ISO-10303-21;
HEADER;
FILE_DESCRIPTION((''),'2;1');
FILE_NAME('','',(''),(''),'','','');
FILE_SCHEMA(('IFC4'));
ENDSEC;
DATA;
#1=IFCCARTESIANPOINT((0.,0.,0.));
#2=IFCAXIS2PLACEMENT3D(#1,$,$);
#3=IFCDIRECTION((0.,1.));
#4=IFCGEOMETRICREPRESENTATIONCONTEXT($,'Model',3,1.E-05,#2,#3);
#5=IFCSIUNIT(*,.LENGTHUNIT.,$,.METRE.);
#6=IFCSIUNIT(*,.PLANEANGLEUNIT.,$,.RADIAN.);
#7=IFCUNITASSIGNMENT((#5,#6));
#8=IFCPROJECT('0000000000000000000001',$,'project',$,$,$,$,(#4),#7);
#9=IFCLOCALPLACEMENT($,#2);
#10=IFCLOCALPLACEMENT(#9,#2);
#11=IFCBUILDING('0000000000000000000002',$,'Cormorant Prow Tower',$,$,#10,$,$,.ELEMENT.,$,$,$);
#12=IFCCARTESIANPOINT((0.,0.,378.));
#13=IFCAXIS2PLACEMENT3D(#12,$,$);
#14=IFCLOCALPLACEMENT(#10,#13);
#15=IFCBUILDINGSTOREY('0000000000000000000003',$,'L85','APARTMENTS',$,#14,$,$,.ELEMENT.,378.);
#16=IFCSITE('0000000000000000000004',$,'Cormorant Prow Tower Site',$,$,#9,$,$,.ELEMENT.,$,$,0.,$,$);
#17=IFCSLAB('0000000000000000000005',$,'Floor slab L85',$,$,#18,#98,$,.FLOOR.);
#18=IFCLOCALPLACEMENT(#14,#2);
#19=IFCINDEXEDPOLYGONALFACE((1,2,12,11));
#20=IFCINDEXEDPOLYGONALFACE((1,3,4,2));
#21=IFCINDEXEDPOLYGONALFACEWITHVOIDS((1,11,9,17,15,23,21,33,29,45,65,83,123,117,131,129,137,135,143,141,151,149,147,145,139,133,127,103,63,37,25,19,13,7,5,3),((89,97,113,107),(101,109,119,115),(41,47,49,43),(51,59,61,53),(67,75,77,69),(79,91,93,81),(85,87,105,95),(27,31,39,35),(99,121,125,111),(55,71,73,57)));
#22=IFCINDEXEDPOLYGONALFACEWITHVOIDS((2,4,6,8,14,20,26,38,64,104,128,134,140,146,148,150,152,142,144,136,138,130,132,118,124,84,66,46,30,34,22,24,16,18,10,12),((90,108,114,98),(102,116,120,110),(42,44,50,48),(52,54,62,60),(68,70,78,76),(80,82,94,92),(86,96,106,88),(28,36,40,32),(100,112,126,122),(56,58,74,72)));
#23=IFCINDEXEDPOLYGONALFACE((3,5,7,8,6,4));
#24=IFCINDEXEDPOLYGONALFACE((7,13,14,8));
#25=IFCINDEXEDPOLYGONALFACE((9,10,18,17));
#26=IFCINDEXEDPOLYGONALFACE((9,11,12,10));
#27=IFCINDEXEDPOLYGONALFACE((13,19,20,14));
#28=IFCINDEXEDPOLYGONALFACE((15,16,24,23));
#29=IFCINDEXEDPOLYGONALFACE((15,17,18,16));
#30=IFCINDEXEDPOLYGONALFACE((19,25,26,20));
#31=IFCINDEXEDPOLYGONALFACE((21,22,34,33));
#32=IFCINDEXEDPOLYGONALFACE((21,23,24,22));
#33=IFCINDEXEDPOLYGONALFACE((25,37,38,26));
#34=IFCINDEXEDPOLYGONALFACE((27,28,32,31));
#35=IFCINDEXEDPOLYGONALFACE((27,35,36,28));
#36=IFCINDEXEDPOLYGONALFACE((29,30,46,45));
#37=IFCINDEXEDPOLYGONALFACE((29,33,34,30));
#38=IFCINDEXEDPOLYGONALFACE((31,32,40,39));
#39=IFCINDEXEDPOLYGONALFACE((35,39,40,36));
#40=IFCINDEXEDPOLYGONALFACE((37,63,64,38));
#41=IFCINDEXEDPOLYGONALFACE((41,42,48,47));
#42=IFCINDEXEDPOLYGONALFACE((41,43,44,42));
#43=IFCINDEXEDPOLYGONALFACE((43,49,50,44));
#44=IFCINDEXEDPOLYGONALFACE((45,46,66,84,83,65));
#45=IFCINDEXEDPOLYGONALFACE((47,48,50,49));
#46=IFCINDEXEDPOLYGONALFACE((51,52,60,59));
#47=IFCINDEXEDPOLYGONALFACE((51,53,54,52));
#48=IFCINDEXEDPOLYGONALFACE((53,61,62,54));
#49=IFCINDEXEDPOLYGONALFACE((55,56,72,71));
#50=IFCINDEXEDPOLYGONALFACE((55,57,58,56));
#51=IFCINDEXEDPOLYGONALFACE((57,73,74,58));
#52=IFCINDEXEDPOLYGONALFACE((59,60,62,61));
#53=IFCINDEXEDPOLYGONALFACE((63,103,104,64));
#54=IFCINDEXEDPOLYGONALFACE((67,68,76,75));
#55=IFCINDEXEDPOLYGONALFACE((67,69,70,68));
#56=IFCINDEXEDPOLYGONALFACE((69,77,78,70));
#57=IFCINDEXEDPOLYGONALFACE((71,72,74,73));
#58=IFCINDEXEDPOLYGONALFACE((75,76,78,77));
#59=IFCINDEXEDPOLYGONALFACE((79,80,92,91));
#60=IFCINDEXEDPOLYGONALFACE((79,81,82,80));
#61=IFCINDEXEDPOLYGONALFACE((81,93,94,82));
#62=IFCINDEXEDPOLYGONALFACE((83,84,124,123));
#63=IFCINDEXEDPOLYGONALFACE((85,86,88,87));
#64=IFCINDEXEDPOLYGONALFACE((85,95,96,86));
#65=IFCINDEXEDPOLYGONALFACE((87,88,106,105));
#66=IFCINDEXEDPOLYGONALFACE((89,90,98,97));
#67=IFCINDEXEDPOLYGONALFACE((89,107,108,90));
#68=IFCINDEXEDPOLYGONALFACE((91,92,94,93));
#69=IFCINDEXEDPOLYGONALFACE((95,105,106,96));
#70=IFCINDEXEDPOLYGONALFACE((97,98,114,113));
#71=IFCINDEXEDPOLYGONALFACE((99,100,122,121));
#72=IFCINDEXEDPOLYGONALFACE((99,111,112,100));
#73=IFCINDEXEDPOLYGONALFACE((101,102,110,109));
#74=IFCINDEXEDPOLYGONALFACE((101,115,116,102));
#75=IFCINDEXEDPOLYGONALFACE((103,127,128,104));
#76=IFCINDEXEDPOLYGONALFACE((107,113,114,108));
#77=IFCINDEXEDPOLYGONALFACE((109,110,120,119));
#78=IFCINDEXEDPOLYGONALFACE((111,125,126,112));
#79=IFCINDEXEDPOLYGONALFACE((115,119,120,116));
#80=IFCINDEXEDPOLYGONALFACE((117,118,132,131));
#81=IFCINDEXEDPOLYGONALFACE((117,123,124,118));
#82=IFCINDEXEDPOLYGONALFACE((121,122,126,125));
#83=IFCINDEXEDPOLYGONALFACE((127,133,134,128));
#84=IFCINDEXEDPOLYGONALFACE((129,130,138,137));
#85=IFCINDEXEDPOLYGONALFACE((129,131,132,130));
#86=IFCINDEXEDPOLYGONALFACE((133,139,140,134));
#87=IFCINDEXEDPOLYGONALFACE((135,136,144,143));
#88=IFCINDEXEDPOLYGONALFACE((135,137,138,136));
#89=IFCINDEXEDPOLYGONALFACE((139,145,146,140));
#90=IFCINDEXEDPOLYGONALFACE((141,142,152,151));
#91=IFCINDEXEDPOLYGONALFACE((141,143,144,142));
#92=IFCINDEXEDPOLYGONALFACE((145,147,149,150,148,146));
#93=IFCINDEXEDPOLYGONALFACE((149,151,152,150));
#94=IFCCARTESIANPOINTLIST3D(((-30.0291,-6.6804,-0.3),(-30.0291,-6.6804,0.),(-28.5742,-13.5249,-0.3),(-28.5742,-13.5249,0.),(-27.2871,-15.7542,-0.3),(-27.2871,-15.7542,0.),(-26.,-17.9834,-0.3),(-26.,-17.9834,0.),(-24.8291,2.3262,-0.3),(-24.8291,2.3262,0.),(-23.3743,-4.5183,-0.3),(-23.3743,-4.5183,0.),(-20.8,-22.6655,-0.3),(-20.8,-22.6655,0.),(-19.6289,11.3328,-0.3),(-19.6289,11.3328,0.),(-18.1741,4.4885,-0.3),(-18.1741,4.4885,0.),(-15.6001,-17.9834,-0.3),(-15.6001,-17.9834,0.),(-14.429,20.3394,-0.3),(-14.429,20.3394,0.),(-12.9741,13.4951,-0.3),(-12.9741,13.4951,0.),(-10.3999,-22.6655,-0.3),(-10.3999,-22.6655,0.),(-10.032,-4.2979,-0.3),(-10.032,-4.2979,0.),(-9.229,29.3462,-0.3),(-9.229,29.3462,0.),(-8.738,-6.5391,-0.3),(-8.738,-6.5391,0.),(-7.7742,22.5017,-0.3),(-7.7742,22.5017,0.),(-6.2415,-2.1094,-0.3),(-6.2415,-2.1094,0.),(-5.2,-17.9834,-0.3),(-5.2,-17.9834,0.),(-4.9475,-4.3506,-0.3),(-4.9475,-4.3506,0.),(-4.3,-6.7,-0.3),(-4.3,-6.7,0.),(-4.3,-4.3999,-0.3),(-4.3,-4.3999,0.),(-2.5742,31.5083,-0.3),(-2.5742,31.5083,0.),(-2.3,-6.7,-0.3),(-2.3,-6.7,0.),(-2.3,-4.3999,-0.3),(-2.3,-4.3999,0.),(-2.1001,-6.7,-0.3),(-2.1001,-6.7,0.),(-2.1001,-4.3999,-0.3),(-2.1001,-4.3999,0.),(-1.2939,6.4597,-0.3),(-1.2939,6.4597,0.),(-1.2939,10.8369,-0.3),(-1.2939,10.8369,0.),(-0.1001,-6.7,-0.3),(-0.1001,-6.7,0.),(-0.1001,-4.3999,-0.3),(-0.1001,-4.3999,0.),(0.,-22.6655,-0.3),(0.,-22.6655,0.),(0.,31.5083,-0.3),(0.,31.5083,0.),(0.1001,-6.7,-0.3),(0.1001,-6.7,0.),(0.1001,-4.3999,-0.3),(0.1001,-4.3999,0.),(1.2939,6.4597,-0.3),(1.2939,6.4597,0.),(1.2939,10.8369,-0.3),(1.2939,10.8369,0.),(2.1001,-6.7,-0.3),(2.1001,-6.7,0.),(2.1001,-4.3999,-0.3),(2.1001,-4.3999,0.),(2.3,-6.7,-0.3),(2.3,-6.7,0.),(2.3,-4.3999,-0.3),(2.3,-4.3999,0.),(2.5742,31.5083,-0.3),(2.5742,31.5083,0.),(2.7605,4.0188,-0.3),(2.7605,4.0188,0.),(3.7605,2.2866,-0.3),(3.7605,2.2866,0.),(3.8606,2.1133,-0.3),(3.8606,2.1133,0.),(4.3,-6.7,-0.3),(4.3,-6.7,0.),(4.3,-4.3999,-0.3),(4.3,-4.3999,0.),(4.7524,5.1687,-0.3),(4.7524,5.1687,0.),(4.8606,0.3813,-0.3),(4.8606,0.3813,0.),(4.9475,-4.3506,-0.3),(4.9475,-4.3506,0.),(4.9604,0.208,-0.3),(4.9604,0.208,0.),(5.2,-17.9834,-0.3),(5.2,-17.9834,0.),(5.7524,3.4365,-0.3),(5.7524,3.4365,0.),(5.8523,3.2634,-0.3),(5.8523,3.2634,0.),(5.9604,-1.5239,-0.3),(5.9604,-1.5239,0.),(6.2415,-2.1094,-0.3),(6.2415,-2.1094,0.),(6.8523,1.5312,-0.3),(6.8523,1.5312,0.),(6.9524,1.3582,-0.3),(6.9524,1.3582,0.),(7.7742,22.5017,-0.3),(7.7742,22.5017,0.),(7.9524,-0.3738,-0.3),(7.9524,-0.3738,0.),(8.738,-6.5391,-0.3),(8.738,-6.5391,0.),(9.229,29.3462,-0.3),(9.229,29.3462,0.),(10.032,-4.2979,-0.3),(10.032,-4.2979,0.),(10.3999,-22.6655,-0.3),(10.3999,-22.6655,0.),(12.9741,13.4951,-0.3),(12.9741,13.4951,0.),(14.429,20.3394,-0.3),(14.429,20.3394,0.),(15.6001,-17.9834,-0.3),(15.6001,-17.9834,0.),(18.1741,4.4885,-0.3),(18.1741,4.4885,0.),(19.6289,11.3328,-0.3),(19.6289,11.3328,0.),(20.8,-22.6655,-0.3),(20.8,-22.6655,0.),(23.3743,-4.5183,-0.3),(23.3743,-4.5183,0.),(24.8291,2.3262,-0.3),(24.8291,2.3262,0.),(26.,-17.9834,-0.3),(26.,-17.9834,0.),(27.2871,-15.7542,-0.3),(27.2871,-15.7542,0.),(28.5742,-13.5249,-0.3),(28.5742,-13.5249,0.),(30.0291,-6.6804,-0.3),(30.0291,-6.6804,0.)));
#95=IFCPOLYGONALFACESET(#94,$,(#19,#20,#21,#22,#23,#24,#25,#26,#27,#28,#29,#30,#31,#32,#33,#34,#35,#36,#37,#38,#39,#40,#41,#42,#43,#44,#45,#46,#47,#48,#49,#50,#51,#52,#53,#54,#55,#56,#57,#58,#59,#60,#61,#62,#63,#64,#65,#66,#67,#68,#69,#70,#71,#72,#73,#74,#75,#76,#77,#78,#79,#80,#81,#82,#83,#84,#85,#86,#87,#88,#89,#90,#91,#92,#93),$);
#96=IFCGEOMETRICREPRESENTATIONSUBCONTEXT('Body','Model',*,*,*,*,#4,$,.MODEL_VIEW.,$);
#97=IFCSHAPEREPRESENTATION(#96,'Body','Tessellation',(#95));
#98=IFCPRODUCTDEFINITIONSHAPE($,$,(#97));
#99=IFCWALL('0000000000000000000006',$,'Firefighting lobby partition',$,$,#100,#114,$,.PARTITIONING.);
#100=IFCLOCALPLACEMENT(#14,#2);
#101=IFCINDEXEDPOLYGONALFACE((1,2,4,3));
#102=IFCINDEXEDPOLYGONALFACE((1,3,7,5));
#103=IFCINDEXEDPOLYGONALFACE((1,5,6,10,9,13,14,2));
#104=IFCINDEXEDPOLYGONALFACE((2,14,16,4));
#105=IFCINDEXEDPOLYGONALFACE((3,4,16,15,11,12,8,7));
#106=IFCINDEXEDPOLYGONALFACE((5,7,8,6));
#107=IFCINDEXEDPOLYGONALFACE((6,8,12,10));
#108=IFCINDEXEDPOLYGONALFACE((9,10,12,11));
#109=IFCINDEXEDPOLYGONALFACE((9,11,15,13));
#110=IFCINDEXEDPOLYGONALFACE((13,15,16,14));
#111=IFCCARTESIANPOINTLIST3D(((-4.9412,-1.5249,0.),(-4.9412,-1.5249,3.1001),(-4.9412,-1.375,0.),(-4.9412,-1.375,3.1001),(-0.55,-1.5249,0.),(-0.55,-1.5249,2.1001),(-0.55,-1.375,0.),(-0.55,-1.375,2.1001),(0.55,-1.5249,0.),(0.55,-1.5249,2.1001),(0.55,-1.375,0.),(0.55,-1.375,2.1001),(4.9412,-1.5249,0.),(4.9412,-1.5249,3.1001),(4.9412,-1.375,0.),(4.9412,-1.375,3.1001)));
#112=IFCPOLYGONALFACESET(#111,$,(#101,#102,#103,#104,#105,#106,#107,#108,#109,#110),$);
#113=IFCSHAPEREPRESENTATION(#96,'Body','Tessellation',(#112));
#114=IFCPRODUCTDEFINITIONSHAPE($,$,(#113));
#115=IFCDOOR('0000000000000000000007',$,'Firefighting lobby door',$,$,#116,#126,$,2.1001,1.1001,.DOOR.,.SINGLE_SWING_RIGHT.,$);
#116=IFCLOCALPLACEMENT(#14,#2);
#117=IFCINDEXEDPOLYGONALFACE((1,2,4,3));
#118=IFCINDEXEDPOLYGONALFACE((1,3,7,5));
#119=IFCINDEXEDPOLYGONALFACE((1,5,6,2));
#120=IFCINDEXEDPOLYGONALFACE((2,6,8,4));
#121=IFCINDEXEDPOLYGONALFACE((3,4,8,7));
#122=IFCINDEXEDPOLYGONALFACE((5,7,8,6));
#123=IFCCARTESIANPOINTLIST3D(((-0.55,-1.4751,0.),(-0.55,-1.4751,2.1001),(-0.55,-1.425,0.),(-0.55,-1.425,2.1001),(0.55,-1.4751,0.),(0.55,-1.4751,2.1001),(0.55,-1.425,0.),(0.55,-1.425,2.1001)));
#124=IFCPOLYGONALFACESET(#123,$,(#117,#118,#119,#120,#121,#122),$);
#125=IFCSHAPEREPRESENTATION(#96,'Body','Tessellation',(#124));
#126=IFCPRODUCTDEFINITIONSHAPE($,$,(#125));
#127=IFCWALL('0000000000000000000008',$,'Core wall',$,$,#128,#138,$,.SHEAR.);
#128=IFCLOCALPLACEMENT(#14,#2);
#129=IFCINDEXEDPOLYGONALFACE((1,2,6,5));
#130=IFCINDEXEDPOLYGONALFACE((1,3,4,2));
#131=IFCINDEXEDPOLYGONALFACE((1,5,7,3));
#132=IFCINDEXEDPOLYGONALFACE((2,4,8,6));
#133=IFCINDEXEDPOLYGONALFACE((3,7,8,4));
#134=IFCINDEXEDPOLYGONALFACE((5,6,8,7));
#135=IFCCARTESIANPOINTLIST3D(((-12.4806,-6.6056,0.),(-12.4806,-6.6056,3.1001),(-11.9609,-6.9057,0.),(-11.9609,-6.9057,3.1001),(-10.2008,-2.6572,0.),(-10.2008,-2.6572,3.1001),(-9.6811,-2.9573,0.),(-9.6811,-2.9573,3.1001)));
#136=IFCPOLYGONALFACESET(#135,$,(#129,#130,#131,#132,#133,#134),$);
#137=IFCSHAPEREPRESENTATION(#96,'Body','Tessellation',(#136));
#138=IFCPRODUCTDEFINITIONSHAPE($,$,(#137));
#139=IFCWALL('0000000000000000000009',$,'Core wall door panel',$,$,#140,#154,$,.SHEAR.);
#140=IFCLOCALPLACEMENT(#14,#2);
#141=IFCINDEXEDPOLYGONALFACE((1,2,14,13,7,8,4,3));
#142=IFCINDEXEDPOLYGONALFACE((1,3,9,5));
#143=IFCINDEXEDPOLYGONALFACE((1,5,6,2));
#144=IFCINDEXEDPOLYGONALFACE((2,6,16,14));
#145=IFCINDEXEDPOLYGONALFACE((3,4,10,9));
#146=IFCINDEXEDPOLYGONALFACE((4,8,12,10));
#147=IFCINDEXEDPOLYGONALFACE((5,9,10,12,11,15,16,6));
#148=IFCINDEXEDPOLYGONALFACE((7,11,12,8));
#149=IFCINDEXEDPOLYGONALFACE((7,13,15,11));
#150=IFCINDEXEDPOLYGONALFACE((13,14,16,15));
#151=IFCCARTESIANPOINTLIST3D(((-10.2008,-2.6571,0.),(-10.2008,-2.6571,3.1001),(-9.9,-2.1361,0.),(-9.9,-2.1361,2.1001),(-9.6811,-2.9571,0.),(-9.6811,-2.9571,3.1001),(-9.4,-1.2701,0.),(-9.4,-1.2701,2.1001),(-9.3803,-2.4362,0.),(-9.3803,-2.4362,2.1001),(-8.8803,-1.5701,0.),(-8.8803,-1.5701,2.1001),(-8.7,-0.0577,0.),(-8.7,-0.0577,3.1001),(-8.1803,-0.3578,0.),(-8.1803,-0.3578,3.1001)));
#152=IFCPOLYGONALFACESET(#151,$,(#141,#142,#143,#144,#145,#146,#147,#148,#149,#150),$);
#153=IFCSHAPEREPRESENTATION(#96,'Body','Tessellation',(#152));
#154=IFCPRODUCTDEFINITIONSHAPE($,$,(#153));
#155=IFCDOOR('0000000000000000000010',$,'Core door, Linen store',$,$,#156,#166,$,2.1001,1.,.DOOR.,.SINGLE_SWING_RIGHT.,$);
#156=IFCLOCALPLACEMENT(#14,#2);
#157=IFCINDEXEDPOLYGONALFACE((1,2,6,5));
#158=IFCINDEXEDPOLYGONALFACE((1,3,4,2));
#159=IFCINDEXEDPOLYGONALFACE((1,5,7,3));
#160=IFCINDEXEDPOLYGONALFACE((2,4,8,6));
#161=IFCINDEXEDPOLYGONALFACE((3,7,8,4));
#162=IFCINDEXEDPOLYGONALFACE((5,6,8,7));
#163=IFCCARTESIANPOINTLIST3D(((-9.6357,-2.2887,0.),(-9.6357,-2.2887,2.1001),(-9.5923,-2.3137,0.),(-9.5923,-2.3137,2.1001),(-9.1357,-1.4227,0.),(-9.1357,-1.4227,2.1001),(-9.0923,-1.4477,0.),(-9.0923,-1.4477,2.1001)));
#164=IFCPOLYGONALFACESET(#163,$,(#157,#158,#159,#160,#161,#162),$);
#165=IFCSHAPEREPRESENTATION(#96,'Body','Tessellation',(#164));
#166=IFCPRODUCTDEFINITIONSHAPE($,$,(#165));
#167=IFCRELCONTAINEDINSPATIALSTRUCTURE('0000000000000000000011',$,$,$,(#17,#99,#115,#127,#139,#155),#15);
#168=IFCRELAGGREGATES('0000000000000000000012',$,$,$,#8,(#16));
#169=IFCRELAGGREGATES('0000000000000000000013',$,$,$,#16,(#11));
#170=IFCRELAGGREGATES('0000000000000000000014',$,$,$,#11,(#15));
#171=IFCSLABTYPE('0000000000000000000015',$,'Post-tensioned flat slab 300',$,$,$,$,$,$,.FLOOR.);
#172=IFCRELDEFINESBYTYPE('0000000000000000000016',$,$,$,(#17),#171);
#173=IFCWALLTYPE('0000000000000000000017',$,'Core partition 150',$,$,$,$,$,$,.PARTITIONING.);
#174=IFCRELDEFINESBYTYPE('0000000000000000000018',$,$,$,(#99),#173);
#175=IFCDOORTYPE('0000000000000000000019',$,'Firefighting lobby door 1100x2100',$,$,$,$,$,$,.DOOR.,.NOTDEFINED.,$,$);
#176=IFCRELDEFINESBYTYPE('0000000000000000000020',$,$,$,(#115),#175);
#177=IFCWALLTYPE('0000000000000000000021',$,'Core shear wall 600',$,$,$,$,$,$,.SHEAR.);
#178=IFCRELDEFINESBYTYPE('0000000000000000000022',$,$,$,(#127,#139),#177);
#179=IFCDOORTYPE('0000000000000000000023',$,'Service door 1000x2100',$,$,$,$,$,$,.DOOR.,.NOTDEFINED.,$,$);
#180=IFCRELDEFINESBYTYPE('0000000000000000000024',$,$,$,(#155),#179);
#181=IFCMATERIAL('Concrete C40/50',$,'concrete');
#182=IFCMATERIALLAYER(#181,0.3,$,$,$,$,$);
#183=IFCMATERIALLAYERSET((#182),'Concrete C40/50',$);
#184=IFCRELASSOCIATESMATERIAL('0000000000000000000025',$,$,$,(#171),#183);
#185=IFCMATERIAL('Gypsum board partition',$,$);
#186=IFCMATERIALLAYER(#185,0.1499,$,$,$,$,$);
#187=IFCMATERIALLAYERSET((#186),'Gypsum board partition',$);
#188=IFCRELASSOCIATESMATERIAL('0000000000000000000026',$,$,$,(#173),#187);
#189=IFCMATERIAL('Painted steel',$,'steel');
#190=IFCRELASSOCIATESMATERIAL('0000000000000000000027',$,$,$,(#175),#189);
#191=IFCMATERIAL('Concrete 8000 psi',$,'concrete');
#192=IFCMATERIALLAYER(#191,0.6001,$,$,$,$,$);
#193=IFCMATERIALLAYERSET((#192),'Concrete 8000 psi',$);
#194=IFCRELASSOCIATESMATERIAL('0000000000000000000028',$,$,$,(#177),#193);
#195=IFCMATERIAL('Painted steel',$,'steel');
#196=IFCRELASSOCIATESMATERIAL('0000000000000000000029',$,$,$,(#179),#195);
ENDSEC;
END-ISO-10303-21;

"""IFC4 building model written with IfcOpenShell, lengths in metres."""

from ifc_helpers import new_model, si_unit, direction, frame, frame_2d, origin, place, context, subcontext, project, spatial, polyline, rectangle, outline, extrude, material, layer, layer_set, type_object, element, fill, save


model = new_model("IFC4")

# Units and contexts
model_context = context("Model", 3, precision=1e-05, world=origin(), true_north=direction((0.0, 1.0)))
body_context = subcontext(model_context, "Body", "Model", "MODEL_VIEW")
ifc_project = project(units=[si_unit("LENGTHUNIT", "METRE"), si_unit("PLANEANGLEUNIT", "RADIAN")], contexts=[model_context])

# Site, building, storey
site_placement = place(None, origin())
site = spatial("IfcSite", under=ifc_project, at=site_placement, Name="Cormorant Prow Tower Site", CompositionType="ELEMENT", RefElevation=0.0)
building_placement = place(site_placement, origin())
building = spatial("IfcBuilding", under=site, at=building_placement, Name="Cormorant Prow Tower", CompositionType="ELEMENT")
storey_placement = place(building_placement, frame((0.0, 0.0, 378.0)))
storey = spatial("IfcBuildingStorey", under=building, at=storey_placement, Name="L85", Description="APARTMENTS", CompositionType="ELEMENT", Elevation=378.0)

# Slab
ifc_material_1 = material(Name="Concrete C40/50", Category="concrete")
ifc_layer_1 = layer(ifc_material_1, 0.3)
ifc_layer_set_1 = layer_set([ifc_layer_1], Name="Concrete C40/50")
slab_type_1 = type_object("IfcSlabType", Name="Post-tensioned flat slab 300", PredefinedType="FLOOR", material=ifc_layer_set_1)
slab_1_placement = place(storey_placement, frame((0.0, 0.0, -0.3)))
element("IfcSlab", 1, at=slab_1_placement, inside=storey, type_object=slab_type_1, Name="Floor slab L85", PredefinedType="FLOOR", context=body_context, shape_type="SweptSolid", body=[
    extrude(outline(polyline([(-7.7742, 22.5017), (-14.429, 20.3394), (-12.9741, 13.4951), (-19.6289, 11.3328), (-18.1741, 4.4885), (-24.8291, 2.3262), (-23.3743, -4.5183), (-30.0291, -6.6804), (-28.5742, -13.5249), (-27.2871, -15.7542), (-26.0, -17.9834), (-20.8, -22.6655), (-15.6001, -17.9834), (-10.3999, -22.6655), (-5.2, -17.9834), (0.0, -22.6655), (5.2, -17.9834), (10.3999, -22.6655), (15.6001, -17.9834), (20.8, -22.6655), (26.0, -17.9834), (27.2871, -15.7542), (28.5742, -13.5249), (30.0291, -6.6804), (23.3743, -4.5183), (24.8291, 2.3262), (18.1741, 4.4885), (19.6289, 11.3328), (12.9741, 13.4951), (14.429, 20.3394), (7.7742, 22.5017), (9.229, 29.3462), (2.5742, 31.5083), (0.0, 31.5083), (-2.5742, 31.5083), (-9.229, 29.3462), (-7.7742, 22.5017)]), holes=[polyline([(-4.3, -4.3999), (-2.3, -4.3999), (-2.3, -6.7), (-4.3, -6.7), (-4.3, -4.3999)]), polyline([(-0.1001, -4.3999), (-0.1001, -6.7), (-2.1001, -6.7), (-2.1001, -4.3999), (-0.1001, -4.3999)]), polyline([(2.1001, -6.7), (0.1001, -6.7), (0.1001, -4.3999), (2.1001, -4.3999), (2.1001, -6.7)]), polyline([(2.3, -6.7), (2.3, -4.3999), (4.3, -4.3999), (4.3, -6.7), (2.3, -6.7)]), polyline([(5.9604, -1.5239), (4.9604, 0.208), (6.9524, 1.3582), (7.9524, -0.3738), (5.9604, -1.5239)]), polyline([(3.8606, 2.1133), (5.8523, 3.2634), (6.8523, 1.5312), (4.8606, 0.3813), (3.8606, 2.1133)]), polyline([(4.7524, 5.1687), (5.7524, 3.4365), (3.7605, 2.2866), (2.7605, 4.0188), (4.7524, 5.1687)]), polyline([(-4.9475, -4.3506), (-8.738, -6.5391), (-10.032, -4.2979), (-6.2415, -2.1094), (-4.9475, -4.3506)]), polyline([(10.032, -4.2979), (8.738, -6.5391), (4.9475, -4.3506), (6.2415, -2.1094), (10.032, -4.2979)]), polyline([(1.2939, 10.8369), (1.2939, 6.4597), (-1.2939, 6.4597), (-1.2939, 10.8369), (1.2939, 10.8369)])]), origin(), (0.0, 0.0, 1.0), 0.3),
])

# Wall, opening, door
ifc_material_2 = material(Name="Gypsum board partition")
ifc_layer_2 = layer(ifc_material_2, 0.1499)
ifc_layer_set_2 = layer_set([ifc_layer_2], Name="Gypsum board partition")
wall_type_1 = type_object("IfcWallType", Name="Core partition 150", PredefinedType="PARTITIONING", material=ifc_layer_set_2)
wall_1_placement = place(storey_placement, frame((-4.9412, -1.45, 0.0), z_axis=(0.0, 0.0, 1.0), x_axis=(1.0, 0.0, 0.0)))
wall_1 = element("IfcWall", 2, at=wall_1_placement, inside=storey, type_object=wall_type_1, Name="Firefighting lobby partition", PredefinedType="PARTITIONING", context=body_context, shape_type="SweptSolid", body=[
    extrude(rectangle(XDim=9.8823, YDim=0.1499, at=frame_2d((4.9412, 0.0))), origin(), (0.0, 0.0, 1.0), 3.1001),
])
opening_1_placement = place(wall_1_placement, frame((4.3911, 0.0, 0.0)))
opening_1 = element("IfcOpeningElement", 3, at=opening_1_placement, cuts=wall_1, PredefinedType="OPENING", context=body_context, shape_type="SweptSolid", body=[
    extrude(rectangle(XDim=1.1001, YDim=2.1001, at=frame_2d((0.55, 1.05))), frame((0.0, 0.085, 0.0), z_axis=(0.0, -1.0, 0.0), x_axis=(1.0, 0.0, 0.0)), (0.0, 0.0, 1.0), 0.1699),
])
ifc_material_3 = material(Name="Painted steel", Category="steel")
door_type_1 = type_object("IfcDoorType", Name="Firefighting lobby door 1100x2100", OperationType="NOTDEFINED", PredefinedType="DOOR", material=ifc_material_3)
door_1_placement = place(opening_1_placement, origin())
door_1 = element("IfcDoor", 4, at=door_1_placement, inside=storey, type_object=door_type_1, Name="Firefighting lobby door", OperationType="SINGLE_SWING_RIGHT", OverallHeight=2.1001, OverallWidth=1.1001, PredefinedType="DOOR", context=body_context, shape_type="SweptSolid", body=[
    extrude(rectangle(XDim=1.1001, YDim=2.1001, at=frame_2d((0.55, 1.05))), frame((0.0, 0.0249, 0.0), z_axis=(0.0, -1.0, 0.0), x_axis=(1.0, 0.0, 0.0)), (0.0, 0.0, 1.0), 0.05),
])
fill(opening_1, door_1)

# Wall
ifc_material_4 = material(Name="Concrete 8000 psi", Category="concrete")
ifc_layer_3 = layer(ifc_material_4, 0.6001)
ifc_layer_set_3 = layer_set([ifc_layer_3], Name="Concrete 8000 psi")
wall_type_2 = type_object("IfcWallType", Name="Core shear wall 600", PredefinedType="SHEAR", material=ifc_layer_set_3)
wall_2_placement = place(storey_placement, frame((-9.9409, -2.8071, 0.0), z_axis=(0.0, 0.0, 1.0), x_axis=(-0.500021, -0.866013, 0.0)))
element("IfcWall", 5, at=wall_2_placement, inside=storey, type_object=wall_type_2, Name="Core wall", PredefinedType="SHEAR", context=body_context, shape_type="SweptSolid", body=[
    extrude(rectangle(XDim=4.5593, YDim=0.6001, at=frame_2d((2.2798, 0.0))), origin(), (0.0, 0.0, 1.0), 3.1001),
])

# Wall, opening, door
wall_3_placement = place(storey_placement, frame((-8.4402, -0.2078, 0.0), z_axis=(0.0, 0.0, 1.0), x_axis=(-0.499997, -0.866027, 0.0)))
wall_3 = element("IfcWall", 6, at=wall_3_placement, inside=storey, type_object=wall_type_2, Name="Core wall door panel", PredefinedType="SHEAR", context=body_context, shape_type="SweptSolid", body=[
    extrude(rectangle(XDim=3.0015, YDim=0.6001, at=frame_2d((1.5007, 0.0))), origin(), (0.0, 0.0, 1.0), 3.1001),
])
opening_2_placement = place(wall_3_placement, frame((1.3999, 0.0, 0.0)))
opening_2 = element("IfcOpeningElement", 7, at=opening_2_placement, cuts=wall_3, PredefinedType="OPENING", context=body_context, shape_type="SweptSolid", body=[
    extrude(rectangle(XDim=1.0, YDim=2.1001, at=frame_2d((0.5, 1.05))), frame((0.0, 0.3101, 0.0), z_axis=(0.0, -1.0, 0.0), x_axis=(1.0, 0.0, 0.0)), (0.0, 0.0, 1.0), 0.6201),
])
ifc_material_5 = material(Name="Painted steel", Category="steel")
door_type_2 = type_object("IfcDoorType", Name="Service door 1000x2100", OperationType="NOTDEFINED", PredefinedType="DOOR", material=ifc_material_5)
door_2_placement = place(opening_2_placement, origin())
door_2 = element("IfcDoor", 8, at=door_2_placement, inside=storey, type_object=door_type_2, Name="Core door, Linen store", OperationType="SINGLE_SWING_RIGHT", OverallHeight=2.1001, OverallWidth=1.0, PredefinedType="DOOR", context=body_context, shape_type="SweptSolid", body=[
    extrude(rectangle(XDim=1.0, YDim=2.1001, at=frame_2d((0.5, 1.05))), frame((0.0, 0.0552, 0.0), z_axis=(0.0, -1.0, 0.0), x_axis=(1.0, 0.0, 0.0)), (0.0, 0.0, 1.0), 0.05),
])
fill(opening_2, door_2)

save(model, "model.ifc")
